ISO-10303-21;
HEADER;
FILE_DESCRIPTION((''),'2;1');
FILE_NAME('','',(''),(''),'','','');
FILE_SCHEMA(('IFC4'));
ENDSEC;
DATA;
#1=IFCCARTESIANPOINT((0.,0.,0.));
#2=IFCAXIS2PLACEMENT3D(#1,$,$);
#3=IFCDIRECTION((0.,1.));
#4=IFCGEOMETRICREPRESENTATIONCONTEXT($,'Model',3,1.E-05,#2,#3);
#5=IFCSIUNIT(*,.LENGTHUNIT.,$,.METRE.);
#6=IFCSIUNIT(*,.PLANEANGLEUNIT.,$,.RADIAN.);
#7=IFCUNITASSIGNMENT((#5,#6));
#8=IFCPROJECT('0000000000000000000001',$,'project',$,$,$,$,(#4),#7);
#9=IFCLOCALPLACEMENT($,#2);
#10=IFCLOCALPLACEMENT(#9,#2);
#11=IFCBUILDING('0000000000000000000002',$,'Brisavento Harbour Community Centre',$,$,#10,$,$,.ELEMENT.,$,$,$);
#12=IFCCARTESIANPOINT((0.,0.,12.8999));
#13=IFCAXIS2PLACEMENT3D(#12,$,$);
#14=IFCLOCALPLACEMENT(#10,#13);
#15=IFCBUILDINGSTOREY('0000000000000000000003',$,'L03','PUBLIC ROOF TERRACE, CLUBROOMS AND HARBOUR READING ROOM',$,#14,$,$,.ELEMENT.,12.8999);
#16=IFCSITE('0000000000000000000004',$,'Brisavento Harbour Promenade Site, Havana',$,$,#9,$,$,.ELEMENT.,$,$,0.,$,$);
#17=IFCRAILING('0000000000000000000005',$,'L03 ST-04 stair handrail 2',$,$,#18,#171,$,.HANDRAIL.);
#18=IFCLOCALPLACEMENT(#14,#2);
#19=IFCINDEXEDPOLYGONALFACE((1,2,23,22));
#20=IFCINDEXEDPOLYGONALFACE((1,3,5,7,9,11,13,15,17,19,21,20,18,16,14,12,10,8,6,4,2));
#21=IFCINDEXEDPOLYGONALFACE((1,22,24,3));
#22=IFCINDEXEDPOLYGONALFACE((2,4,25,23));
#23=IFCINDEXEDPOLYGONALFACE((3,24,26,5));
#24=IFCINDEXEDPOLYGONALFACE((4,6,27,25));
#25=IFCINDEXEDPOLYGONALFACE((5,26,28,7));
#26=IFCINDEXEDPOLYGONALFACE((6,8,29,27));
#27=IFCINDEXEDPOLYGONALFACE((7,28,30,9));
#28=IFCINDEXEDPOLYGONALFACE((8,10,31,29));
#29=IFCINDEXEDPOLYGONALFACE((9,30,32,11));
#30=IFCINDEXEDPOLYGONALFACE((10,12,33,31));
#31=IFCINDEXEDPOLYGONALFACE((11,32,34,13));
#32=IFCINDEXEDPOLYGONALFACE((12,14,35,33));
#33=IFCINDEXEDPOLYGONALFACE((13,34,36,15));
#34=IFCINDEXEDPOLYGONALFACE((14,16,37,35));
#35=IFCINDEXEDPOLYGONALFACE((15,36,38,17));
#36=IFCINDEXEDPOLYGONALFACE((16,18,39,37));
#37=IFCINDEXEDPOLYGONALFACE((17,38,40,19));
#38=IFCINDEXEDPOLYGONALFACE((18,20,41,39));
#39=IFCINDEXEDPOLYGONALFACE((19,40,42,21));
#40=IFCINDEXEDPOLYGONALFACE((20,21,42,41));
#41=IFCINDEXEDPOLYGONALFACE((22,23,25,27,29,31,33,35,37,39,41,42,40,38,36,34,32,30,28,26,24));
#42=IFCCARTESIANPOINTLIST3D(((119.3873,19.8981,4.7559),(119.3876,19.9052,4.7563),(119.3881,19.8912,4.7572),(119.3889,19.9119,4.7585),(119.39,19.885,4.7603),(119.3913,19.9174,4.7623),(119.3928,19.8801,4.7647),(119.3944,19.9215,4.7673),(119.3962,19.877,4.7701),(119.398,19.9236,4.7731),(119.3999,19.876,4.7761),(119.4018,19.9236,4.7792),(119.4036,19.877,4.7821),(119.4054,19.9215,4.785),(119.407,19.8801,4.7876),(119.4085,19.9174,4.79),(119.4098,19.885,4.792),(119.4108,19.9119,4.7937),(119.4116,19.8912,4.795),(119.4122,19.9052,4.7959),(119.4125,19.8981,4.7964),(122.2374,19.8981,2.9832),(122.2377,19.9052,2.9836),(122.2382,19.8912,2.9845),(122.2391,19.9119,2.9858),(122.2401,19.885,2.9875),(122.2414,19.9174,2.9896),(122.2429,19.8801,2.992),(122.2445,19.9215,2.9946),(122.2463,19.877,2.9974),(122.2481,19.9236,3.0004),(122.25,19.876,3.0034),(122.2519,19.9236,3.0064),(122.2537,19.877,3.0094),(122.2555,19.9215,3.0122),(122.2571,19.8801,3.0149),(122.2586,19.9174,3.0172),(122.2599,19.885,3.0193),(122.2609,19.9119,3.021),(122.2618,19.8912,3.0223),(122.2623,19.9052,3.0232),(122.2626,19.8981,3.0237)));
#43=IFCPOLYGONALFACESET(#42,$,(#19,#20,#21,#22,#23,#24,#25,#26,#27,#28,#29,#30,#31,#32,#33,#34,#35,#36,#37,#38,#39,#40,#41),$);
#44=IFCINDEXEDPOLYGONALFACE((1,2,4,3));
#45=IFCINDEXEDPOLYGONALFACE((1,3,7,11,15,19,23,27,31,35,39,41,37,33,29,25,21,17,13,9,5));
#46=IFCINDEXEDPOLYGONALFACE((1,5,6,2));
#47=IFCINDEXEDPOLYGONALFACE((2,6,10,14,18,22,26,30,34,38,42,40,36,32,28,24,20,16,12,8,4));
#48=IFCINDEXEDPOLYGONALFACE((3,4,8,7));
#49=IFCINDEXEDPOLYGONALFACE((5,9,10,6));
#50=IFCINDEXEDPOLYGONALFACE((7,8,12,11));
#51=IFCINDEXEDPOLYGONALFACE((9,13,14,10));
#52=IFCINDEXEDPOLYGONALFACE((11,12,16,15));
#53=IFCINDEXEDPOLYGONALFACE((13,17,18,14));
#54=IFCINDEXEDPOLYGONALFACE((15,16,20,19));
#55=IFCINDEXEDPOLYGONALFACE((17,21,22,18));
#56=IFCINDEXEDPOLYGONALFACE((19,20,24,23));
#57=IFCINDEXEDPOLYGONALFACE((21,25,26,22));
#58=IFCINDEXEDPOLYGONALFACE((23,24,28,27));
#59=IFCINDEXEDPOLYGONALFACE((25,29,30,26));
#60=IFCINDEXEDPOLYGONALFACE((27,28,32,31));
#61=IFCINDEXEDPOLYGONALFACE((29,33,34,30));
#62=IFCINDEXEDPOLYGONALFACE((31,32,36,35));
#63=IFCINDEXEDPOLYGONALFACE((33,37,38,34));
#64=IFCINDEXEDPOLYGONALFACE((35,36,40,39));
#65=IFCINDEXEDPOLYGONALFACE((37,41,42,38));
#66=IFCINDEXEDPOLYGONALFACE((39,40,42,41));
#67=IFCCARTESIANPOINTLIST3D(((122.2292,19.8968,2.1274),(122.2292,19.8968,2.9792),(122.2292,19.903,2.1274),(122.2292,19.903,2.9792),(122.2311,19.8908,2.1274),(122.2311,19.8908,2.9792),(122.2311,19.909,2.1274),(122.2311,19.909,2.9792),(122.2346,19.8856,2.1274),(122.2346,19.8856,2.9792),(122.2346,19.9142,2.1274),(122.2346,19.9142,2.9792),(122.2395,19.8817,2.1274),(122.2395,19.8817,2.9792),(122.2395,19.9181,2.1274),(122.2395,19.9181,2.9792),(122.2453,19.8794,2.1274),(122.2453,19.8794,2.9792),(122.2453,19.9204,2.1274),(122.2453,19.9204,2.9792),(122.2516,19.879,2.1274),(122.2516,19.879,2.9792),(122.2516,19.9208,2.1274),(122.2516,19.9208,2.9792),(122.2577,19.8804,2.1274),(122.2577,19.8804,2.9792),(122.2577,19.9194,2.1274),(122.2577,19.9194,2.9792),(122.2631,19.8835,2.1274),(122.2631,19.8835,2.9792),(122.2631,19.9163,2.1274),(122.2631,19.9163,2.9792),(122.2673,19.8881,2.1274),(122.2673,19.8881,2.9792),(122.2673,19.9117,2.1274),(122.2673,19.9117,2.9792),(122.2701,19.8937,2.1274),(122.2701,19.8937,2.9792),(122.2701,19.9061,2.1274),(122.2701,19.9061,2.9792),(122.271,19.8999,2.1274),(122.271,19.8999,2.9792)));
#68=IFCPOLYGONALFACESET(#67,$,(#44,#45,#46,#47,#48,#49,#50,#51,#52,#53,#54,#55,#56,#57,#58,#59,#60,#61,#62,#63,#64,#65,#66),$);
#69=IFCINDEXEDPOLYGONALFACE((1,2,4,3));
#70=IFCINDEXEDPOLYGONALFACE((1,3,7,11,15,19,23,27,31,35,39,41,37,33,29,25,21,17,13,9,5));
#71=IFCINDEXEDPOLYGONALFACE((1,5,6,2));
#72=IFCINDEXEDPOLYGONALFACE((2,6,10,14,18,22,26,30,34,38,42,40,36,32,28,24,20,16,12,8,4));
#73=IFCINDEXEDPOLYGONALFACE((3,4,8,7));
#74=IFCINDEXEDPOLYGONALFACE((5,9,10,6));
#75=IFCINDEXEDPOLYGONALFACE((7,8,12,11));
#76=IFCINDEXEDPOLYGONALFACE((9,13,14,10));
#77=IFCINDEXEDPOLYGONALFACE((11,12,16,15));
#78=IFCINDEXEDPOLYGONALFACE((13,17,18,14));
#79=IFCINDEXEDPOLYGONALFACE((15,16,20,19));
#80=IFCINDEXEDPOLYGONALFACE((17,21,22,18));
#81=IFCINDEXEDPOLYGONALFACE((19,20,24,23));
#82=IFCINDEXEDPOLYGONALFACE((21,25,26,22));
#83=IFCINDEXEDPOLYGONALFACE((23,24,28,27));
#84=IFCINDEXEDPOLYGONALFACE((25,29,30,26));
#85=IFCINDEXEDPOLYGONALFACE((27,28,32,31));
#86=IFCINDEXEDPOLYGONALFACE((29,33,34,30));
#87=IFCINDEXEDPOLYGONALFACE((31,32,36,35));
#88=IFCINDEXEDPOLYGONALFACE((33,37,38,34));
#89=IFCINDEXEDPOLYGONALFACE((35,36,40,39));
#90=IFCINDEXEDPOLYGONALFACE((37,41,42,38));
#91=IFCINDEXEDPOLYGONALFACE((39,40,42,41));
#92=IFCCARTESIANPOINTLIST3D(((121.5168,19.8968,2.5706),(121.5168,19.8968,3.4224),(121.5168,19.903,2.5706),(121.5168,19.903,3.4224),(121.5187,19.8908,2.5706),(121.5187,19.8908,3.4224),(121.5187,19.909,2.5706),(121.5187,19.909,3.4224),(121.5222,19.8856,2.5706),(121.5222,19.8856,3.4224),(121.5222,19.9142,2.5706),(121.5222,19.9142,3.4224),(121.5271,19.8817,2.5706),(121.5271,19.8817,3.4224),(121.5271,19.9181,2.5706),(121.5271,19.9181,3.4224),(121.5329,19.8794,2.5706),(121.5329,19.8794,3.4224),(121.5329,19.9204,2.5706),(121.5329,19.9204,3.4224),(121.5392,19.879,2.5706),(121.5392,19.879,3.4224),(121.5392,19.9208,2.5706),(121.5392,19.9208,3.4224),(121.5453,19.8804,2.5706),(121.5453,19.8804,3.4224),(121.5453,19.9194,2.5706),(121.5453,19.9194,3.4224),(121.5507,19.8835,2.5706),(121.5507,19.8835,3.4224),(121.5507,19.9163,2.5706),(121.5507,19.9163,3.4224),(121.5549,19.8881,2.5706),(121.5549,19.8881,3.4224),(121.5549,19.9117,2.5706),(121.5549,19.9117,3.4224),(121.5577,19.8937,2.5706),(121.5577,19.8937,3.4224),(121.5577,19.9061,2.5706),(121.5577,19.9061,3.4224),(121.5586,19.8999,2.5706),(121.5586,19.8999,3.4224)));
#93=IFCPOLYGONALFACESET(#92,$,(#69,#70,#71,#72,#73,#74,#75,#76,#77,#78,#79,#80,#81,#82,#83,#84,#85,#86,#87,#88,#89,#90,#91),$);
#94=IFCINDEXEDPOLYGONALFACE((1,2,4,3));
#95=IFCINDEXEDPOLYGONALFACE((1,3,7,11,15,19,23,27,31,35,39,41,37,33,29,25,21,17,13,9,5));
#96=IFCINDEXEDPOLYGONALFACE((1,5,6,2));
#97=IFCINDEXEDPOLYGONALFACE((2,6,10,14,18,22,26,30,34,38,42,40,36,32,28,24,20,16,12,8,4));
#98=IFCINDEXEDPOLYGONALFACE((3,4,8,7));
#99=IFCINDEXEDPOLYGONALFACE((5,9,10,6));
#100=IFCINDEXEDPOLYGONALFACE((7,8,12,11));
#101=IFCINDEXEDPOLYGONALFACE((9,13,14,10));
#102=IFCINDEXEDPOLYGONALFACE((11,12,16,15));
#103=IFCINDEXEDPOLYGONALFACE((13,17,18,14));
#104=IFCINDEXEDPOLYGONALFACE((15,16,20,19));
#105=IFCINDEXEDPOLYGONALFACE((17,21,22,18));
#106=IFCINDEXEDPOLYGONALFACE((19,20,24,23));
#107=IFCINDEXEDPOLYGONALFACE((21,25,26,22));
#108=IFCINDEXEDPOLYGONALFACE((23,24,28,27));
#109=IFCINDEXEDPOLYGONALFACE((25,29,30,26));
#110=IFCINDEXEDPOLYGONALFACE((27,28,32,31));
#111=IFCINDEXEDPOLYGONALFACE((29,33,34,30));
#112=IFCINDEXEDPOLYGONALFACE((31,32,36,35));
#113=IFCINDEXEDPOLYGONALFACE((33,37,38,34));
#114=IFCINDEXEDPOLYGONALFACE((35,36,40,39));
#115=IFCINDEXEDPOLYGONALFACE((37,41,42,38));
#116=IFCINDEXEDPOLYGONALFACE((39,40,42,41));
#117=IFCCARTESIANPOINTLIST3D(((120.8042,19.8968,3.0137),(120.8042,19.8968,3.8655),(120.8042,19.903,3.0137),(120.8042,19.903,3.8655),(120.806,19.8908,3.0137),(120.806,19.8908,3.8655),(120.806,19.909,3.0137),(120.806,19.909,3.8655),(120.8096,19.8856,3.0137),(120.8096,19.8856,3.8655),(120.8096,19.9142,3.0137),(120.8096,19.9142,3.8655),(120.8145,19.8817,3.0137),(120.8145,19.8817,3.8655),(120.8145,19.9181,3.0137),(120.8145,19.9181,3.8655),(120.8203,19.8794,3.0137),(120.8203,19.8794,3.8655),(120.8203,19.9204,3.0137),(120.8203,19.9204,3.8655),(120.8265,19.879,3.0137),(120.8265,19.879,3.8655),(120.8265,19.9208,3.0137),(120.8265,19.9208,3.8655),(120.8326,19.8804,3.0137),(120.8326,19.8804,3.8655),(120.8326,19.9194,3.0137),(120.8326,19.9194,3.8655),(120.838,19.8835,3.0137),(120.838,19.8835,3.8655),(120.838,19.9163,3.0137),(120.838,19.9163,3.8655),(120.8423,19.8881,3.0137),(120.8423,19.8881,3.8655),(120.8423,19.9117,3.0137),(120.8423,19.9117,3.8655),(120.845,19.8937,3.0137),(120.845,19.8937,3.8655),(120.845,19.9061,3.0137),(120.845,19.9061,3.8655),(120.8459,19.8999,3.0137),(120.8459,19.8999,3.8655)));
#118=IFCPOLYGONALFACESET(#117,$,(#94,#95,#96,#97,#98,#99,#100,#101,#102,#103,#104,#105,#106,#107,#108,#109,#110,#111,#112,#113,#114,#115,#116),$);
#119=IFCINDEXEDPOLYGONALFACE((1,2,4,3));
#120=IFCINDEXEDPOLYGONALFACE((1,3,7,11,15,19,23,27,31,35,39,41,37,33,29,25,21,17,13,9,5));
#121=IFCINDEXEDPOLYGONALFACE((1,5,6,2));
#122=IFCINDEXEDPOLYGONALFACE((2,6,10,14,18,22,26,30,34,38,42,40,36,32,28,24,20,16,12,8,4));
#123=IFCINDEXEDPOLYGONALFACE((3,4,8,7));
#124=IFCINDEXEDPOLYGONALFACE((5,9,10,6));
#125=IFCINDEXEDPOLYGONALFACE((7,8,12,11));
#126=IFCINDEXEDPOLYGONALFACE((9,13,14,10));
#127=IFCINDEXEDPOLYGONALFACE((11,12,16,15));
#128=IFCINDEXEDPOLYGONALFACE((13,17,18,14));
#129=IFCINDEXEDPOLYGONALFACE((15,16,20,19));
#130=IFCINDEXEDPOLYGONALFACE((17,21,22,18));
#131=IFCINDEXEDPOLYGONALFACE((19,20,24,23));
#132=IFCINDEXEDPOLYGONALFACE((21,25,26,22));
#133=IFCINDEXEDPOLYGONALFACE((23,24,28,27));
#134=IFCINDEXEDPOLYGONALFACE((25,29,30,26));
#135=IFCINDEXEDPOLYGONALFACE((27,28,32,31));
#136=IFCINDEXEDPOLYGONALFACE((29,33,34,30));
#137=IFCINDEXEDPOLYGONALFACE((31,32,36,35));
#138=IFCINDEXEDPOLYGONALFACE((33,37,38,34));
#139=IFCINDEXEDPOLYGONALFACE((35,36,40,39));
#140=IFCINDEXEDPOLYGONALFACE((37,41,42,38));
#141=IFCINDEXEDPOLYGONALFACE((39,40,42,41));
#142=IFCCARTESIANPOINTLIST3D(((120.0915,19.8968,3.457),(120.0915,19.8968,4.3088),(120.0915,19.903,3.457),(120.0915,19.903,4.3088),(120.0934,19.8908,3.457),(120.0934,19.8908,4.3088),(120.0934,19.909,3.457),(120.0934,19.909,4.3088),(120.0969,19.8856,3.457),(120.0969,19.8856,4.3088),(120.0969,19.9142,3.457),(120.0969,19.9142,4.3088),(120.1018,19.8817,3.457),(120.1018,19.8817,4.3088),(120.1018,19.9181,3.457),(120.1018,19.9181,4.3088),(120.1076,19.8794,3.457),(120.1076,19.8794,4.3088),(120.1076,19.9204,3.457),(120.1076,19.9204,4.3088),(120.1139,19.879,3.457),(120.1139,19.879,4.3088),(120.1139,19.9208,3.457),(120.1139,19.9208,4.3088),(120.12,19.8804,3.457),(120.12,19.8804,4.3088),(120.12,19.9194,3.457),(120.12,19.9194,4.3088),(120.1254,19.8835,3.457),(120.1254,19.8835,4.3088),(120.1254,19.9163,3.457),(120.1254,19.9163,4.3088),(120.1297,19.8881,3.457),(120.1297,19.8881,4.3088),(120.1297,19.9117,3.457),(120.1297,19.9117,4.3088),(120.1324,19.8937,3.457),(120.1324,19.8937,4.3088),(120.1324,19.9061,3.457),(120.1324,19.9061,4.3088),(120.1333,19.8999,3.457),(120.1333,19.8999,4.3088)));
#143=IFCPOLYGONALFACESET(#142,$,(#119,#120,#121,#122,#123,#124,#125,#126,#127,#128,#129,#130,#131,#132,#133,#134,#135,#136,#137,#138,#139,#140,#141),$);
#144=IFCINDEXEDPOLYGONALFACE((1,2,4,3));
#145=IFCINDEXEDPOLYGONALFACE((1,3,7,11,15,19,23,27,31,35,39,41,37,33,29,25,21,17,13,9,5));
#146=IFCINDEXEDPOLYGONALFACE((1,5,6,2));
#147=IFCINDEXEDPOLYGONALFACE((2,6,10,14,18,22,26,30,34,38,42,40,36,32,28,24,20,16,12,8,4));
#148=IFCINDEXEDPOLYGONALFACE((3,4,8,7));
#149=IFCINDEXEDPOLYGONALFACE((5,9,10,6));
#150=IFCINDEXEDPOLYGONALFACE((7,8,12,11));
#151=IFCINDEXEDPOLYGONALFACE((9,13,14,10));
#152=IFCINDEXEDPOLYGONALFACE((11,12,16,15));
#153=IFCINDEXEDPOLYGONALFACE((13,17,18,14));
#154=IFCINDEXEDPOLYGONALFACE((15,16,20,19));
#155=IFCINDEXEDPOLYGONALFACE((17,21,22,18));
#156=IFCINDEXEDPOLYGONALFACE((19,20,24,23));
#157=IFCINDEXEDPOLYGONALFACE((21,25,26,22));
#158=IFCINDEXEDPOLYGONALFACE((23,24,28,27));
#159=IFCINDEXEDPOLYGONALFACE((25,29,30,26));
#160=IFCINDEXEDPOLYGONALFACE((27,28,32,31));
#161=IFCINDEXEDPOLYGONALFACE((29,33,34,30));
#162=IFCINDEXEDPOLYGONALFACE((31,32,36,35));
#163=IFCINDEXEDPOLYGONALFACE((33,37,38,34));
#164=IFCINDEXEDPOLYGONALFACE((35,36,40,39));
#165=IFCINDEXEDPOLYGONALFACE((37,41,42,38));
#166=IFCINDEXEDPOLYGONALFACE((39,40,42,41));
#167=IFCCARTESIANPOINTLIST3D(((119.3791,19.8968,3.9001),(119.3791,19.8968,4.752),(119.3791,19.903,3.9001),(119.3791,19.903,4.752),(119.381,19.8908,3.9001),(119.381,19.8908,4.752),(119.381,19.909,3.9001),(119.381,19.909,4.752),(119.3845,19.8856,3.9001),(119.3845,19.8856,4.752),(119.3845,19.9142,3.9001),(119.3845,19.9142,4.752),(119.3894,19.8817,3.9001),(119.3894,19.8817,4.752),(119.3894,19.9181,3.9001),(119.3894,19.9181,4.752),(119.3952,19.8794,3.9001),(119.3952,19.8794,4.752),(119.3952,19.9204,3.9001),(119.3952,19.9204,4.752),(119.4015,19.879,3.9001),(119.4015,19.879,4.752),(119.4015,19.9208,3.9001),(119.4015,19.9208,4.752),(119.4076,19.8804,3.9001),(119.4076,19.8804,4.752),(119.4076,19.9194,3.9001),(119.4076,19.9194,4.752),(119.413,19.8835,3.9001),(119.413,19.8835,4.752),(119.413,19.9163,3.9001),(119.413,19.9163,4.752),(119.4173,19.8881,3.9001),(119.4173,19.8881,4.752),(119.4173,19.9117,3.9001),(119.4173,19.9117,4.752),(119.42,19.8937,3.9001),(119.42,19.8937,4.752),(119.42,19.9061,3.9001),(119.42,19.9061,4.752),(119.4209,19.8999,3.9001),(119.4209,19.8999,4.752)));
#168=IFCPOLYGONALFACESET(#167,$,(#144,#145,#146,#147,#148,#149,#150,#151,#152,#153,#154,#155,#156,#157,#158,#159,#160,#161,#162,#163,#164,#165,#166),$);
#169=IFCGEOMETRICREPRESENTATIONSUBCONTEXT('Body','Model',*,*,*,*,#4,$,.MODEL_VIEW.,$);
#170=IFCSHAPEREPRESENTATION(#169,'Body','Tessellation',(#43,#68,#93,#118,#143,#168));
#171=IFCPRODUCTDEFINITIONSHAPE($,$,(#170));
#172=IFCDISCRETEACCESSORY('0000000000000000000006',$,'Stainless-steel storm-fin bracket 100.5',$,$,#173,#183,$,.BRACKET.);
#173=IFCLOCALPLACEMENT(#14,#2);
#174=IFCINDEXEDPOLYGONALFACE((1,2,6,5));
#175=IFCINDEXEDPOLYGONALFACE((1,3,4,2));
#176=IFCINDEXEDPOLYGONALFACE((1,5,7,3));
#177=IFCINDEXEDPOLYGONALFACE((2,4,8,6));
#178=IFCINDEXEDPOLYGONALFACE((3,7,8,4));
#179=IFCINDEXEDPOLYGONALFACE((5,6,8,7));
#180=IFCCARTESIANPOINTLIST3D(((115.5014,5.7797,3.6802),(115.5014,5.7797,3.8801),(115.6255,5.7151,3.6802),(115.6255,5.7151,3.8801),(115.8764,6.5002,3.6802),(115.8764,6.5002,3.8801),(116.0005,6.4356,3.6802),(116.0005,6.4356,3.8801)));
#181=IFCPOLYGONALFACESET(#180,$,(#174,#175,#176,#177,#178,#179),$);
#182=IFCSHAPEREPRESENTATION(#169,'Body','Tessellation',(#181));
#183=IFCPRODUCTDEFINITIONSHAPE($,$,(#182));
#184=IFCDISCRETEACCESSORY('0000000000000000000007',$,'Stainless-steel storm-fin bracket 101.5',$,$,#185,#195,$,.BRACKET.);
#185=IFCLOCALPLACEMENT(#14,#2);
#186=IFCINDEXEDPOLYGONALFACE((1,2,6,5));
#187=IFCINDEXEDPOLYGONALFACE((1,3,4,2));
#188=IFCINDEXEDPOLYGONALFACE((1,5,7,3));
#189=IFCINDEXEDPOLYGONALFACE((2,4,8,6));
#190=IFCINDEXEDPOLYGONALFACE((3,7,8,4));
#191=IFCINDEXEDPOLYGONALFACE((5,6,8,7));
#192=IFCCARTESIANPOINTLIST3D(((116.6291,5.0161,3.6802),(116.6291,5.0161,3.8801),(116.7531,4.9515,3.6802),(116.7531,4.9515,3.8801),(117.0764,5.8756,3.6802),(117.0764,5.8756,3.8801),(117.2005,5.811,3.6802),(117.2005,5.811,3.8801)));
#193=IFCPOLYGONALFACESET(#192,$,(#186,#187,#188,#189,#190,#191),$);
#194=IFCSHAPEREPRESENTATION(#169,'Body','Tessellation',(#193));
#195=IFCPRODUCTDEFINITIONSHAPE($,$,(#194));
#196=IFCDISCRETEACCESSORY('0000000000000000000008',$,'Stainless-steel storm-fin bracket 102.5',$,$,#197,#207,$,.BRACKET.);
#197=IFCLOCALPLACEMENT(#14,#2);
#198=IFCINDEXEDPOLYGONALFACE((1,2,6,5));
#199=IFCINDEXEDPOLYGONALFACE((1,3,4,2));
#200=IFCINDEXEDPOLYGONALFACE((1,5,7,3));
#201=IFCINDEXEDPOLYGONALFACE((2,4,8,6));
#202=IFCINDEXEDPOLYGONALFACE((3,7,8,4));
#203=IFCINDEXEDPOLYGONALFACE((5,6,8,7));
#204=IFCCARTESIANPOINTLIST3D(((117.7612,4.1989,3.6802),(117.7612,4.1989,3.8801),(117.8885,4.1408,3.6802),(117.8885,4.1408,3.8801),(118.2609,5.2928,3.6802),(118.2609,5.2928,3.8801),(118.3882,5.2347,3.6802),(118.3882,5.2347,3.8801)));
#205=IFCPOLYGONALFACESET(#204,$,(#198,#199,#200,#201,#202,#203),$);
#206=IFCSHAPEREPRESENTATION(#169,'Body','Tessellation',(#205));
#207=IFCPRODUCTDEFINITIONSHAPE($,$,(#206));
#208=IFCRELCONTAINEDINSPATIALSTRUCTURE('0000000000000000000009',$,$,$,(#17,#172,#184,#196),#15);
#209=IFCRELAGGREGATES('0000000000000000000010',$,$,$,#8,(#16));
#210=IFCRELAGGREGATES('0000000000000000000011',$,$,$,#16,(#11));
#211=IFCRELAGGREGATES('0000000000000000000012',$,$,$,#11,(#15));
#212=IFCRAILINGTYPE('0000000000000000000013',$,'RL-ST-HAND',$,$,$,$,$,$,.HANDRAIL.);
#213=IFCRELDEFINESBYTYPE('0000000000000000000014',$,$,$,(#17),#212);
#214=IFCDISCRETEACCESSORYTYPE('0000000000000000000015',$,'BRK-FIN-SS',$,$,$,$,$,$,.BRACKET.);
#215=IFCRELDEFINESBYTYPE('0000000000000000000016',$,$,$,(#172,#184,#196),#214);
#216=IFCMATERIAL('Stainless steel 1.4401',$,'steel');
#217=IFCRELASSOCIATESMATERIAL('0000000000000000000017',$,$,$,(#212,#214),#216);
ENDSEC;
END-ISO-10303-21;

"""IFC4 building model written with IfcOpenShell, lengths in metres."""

from ifc_helpers import new_model, si_unit, direction, frame, origin, origin_2d, place, context, subcontext, project, spatial, rectangle, circle, extrude, material, type_object, element, save


model = new_model("IFC4")

# Units and contexts
model_context = context("Model", 3, precision=1e-05, world=origin(), true_north=direction((0.0, 1.0)))
body_context = subcontext(model_context, "Body", "Model", "MODEL_VIEW")
ifc_project = project(units=[si_unit("LENGTHUNIT", "METRE"), si_unit("PLANEANGLEUNIT", "RADIAN")], contexts=[model_context])

# Site, building, storey
site_placement = place(None, origin())
site = spatial("IfcSite", under=ifc_project, at=site_placement, Name="Brisavento Harbour Promenade Site, Havana", CompositionType="ELEMENT", RefElevation=0.0)
building_placement = place(site_placement, origin())
building = spatial("IfcBuilding", under=site, at=building_placement, Name="Brisavento Harbour Community Centre", CompositionType="ELEMENT")
storey_placement = place(building_placement, frame((0.0, 0.0, 12.8999)))
storey = spatial("IfcBuildingStorey", under=building, at=storey_placement, Name="L03", Description="PUBLIC ROOF TERRACE, CLUBROOMS AND HARBOUR READING ROOM", CompositionType="ELEMENT", Elevation=12.8999)

# Railing
ifc_material_1 = material(Name="Stainless steel 1.4401", Category="steel")
railing_type_1 = type_object("IfcRailingType", Name="RL-ST-HAND", PredefinedType="HANDRAIL", material=ifc_material_1)
railing_1_placement = place(storey_placement, frame((122.25, 19.8999, 2.1274)))
element("IfcRailing", 1, at=railing_1_placement, inside=storey, type_object=railing_type_1, Name="L03 ST-04 stair handrail 2", PredefinedType="HANDRAIL", context=body_context, shape_type="SweptSolid", body=[
    extrude(circle(Radius=0.0239, at=origin_2d()), frame((0.0, 0.0, 0.876), z_axis=(-0.849149, 0.0, 0.528154), x_axis=(0.0, -1.0, 0.0)), (0.0, 0.0, 1.0), 3.3564),
    extrude(circle(Radius=0.021, at=origin_2d()), origin(), (0.0, 0.0, 1.0), 0.8518),
    extrude(circle(Radius=0.021, at=origin_2d()), frame((-0.7124, 0.0, 0.4431)), (0.0, 0.0, 1.0), 0.8518),
    extrude(circle(Radius=0.021, at=origin_2d()), frame((-1.425, 0.0, 0.8862)), (0.0, 0.0, 1.0), 0.8518),
    extrude(circle(Radius=0.021, at=origin_2d()), frame((-2.1377, 0.0, 1.3296)), (0.0, 0.0, 1.0), 0.8518),
    extrude(circle(Radius=0.021, at=origin_2d()), frame((-2.8501, 0.0, 1.7727)), (0.0, 0.0, 1.0), 0.8518),
])

# Discrete accessories
discrete_accessory_type = type_object("IfcDiscreteAccessoryType", Name="BRK-FIN-SS", PredefinedType="BRACKET", material=ifc_material_1)
discrete_accessory_1_placement = place(storey_placement, frame((115.751, 6.1077, 3.6802), z_axis=(0.0, 0.0, 1.0), x_axis=(-0.461702, -0.887035, 0.0)))
element("IfcDiscreteAccessory", 2, at=discrete_accessory_1_placement, inside=storey, type_object=discrete_accessory_type, Name="Stainless-steel storm-fin bracket 100.5", PredefinedType="BRACKET", context=body_context, shape_type="SweptSolid", body=[
    extrude(rectangle(XDim=0.8123, YDim=0.1399, at=origin_2d()), origin(), (0.0, 0.0, 1.0), 0.2),
])
discrete_accessory_2_placement = place(storey_placement, frame((116.9148, 5.4136, 3.6802), z_axis=(0.0, 0.0, 1.0), x_axis=(-0.461702, -0.887035, 0.0)))
element("IfcDiscreteAccessory", 3, at=discrete_accessory_2_placement, inside=storey, type_object=discrete_accessory_type, Name="Stainless-steel storm-fin bracket 101.5", PredefinedType="BRACKET", context=body_context, shape_type="SweptSolid", body=[
    extrude(rectangle(XDim=0.969, YDim=0.1399, at=origin_2d()), origin(), (0.0, 0.0, 1.0), 0.2),
])
discrete_accessory_3_placement = place(storey_placement, frame((118.0747, 4.7168, 3.6802), z_axis=(0.0, 0.0, 1.0), x_axis=(-0.415519, -0.909585, 0.0)))
element("IfcDiscreteAccessory", 4, at=discrete_accessory_3_placement, inside=storey, type_object=discrete_accessory_type, Name="Stainless-steel storm-fin bracket 102.5", PredefinedType="BRACKET", context=body_context, shape_type="SweptSolid", body=[
    extrude(rectangle(XDim=1.2026, YDim=0.1399, at=origin_2d()), origin(), (0.0, 0.0, 1.0), 0.2),
])

save(model, "model.ifc")
